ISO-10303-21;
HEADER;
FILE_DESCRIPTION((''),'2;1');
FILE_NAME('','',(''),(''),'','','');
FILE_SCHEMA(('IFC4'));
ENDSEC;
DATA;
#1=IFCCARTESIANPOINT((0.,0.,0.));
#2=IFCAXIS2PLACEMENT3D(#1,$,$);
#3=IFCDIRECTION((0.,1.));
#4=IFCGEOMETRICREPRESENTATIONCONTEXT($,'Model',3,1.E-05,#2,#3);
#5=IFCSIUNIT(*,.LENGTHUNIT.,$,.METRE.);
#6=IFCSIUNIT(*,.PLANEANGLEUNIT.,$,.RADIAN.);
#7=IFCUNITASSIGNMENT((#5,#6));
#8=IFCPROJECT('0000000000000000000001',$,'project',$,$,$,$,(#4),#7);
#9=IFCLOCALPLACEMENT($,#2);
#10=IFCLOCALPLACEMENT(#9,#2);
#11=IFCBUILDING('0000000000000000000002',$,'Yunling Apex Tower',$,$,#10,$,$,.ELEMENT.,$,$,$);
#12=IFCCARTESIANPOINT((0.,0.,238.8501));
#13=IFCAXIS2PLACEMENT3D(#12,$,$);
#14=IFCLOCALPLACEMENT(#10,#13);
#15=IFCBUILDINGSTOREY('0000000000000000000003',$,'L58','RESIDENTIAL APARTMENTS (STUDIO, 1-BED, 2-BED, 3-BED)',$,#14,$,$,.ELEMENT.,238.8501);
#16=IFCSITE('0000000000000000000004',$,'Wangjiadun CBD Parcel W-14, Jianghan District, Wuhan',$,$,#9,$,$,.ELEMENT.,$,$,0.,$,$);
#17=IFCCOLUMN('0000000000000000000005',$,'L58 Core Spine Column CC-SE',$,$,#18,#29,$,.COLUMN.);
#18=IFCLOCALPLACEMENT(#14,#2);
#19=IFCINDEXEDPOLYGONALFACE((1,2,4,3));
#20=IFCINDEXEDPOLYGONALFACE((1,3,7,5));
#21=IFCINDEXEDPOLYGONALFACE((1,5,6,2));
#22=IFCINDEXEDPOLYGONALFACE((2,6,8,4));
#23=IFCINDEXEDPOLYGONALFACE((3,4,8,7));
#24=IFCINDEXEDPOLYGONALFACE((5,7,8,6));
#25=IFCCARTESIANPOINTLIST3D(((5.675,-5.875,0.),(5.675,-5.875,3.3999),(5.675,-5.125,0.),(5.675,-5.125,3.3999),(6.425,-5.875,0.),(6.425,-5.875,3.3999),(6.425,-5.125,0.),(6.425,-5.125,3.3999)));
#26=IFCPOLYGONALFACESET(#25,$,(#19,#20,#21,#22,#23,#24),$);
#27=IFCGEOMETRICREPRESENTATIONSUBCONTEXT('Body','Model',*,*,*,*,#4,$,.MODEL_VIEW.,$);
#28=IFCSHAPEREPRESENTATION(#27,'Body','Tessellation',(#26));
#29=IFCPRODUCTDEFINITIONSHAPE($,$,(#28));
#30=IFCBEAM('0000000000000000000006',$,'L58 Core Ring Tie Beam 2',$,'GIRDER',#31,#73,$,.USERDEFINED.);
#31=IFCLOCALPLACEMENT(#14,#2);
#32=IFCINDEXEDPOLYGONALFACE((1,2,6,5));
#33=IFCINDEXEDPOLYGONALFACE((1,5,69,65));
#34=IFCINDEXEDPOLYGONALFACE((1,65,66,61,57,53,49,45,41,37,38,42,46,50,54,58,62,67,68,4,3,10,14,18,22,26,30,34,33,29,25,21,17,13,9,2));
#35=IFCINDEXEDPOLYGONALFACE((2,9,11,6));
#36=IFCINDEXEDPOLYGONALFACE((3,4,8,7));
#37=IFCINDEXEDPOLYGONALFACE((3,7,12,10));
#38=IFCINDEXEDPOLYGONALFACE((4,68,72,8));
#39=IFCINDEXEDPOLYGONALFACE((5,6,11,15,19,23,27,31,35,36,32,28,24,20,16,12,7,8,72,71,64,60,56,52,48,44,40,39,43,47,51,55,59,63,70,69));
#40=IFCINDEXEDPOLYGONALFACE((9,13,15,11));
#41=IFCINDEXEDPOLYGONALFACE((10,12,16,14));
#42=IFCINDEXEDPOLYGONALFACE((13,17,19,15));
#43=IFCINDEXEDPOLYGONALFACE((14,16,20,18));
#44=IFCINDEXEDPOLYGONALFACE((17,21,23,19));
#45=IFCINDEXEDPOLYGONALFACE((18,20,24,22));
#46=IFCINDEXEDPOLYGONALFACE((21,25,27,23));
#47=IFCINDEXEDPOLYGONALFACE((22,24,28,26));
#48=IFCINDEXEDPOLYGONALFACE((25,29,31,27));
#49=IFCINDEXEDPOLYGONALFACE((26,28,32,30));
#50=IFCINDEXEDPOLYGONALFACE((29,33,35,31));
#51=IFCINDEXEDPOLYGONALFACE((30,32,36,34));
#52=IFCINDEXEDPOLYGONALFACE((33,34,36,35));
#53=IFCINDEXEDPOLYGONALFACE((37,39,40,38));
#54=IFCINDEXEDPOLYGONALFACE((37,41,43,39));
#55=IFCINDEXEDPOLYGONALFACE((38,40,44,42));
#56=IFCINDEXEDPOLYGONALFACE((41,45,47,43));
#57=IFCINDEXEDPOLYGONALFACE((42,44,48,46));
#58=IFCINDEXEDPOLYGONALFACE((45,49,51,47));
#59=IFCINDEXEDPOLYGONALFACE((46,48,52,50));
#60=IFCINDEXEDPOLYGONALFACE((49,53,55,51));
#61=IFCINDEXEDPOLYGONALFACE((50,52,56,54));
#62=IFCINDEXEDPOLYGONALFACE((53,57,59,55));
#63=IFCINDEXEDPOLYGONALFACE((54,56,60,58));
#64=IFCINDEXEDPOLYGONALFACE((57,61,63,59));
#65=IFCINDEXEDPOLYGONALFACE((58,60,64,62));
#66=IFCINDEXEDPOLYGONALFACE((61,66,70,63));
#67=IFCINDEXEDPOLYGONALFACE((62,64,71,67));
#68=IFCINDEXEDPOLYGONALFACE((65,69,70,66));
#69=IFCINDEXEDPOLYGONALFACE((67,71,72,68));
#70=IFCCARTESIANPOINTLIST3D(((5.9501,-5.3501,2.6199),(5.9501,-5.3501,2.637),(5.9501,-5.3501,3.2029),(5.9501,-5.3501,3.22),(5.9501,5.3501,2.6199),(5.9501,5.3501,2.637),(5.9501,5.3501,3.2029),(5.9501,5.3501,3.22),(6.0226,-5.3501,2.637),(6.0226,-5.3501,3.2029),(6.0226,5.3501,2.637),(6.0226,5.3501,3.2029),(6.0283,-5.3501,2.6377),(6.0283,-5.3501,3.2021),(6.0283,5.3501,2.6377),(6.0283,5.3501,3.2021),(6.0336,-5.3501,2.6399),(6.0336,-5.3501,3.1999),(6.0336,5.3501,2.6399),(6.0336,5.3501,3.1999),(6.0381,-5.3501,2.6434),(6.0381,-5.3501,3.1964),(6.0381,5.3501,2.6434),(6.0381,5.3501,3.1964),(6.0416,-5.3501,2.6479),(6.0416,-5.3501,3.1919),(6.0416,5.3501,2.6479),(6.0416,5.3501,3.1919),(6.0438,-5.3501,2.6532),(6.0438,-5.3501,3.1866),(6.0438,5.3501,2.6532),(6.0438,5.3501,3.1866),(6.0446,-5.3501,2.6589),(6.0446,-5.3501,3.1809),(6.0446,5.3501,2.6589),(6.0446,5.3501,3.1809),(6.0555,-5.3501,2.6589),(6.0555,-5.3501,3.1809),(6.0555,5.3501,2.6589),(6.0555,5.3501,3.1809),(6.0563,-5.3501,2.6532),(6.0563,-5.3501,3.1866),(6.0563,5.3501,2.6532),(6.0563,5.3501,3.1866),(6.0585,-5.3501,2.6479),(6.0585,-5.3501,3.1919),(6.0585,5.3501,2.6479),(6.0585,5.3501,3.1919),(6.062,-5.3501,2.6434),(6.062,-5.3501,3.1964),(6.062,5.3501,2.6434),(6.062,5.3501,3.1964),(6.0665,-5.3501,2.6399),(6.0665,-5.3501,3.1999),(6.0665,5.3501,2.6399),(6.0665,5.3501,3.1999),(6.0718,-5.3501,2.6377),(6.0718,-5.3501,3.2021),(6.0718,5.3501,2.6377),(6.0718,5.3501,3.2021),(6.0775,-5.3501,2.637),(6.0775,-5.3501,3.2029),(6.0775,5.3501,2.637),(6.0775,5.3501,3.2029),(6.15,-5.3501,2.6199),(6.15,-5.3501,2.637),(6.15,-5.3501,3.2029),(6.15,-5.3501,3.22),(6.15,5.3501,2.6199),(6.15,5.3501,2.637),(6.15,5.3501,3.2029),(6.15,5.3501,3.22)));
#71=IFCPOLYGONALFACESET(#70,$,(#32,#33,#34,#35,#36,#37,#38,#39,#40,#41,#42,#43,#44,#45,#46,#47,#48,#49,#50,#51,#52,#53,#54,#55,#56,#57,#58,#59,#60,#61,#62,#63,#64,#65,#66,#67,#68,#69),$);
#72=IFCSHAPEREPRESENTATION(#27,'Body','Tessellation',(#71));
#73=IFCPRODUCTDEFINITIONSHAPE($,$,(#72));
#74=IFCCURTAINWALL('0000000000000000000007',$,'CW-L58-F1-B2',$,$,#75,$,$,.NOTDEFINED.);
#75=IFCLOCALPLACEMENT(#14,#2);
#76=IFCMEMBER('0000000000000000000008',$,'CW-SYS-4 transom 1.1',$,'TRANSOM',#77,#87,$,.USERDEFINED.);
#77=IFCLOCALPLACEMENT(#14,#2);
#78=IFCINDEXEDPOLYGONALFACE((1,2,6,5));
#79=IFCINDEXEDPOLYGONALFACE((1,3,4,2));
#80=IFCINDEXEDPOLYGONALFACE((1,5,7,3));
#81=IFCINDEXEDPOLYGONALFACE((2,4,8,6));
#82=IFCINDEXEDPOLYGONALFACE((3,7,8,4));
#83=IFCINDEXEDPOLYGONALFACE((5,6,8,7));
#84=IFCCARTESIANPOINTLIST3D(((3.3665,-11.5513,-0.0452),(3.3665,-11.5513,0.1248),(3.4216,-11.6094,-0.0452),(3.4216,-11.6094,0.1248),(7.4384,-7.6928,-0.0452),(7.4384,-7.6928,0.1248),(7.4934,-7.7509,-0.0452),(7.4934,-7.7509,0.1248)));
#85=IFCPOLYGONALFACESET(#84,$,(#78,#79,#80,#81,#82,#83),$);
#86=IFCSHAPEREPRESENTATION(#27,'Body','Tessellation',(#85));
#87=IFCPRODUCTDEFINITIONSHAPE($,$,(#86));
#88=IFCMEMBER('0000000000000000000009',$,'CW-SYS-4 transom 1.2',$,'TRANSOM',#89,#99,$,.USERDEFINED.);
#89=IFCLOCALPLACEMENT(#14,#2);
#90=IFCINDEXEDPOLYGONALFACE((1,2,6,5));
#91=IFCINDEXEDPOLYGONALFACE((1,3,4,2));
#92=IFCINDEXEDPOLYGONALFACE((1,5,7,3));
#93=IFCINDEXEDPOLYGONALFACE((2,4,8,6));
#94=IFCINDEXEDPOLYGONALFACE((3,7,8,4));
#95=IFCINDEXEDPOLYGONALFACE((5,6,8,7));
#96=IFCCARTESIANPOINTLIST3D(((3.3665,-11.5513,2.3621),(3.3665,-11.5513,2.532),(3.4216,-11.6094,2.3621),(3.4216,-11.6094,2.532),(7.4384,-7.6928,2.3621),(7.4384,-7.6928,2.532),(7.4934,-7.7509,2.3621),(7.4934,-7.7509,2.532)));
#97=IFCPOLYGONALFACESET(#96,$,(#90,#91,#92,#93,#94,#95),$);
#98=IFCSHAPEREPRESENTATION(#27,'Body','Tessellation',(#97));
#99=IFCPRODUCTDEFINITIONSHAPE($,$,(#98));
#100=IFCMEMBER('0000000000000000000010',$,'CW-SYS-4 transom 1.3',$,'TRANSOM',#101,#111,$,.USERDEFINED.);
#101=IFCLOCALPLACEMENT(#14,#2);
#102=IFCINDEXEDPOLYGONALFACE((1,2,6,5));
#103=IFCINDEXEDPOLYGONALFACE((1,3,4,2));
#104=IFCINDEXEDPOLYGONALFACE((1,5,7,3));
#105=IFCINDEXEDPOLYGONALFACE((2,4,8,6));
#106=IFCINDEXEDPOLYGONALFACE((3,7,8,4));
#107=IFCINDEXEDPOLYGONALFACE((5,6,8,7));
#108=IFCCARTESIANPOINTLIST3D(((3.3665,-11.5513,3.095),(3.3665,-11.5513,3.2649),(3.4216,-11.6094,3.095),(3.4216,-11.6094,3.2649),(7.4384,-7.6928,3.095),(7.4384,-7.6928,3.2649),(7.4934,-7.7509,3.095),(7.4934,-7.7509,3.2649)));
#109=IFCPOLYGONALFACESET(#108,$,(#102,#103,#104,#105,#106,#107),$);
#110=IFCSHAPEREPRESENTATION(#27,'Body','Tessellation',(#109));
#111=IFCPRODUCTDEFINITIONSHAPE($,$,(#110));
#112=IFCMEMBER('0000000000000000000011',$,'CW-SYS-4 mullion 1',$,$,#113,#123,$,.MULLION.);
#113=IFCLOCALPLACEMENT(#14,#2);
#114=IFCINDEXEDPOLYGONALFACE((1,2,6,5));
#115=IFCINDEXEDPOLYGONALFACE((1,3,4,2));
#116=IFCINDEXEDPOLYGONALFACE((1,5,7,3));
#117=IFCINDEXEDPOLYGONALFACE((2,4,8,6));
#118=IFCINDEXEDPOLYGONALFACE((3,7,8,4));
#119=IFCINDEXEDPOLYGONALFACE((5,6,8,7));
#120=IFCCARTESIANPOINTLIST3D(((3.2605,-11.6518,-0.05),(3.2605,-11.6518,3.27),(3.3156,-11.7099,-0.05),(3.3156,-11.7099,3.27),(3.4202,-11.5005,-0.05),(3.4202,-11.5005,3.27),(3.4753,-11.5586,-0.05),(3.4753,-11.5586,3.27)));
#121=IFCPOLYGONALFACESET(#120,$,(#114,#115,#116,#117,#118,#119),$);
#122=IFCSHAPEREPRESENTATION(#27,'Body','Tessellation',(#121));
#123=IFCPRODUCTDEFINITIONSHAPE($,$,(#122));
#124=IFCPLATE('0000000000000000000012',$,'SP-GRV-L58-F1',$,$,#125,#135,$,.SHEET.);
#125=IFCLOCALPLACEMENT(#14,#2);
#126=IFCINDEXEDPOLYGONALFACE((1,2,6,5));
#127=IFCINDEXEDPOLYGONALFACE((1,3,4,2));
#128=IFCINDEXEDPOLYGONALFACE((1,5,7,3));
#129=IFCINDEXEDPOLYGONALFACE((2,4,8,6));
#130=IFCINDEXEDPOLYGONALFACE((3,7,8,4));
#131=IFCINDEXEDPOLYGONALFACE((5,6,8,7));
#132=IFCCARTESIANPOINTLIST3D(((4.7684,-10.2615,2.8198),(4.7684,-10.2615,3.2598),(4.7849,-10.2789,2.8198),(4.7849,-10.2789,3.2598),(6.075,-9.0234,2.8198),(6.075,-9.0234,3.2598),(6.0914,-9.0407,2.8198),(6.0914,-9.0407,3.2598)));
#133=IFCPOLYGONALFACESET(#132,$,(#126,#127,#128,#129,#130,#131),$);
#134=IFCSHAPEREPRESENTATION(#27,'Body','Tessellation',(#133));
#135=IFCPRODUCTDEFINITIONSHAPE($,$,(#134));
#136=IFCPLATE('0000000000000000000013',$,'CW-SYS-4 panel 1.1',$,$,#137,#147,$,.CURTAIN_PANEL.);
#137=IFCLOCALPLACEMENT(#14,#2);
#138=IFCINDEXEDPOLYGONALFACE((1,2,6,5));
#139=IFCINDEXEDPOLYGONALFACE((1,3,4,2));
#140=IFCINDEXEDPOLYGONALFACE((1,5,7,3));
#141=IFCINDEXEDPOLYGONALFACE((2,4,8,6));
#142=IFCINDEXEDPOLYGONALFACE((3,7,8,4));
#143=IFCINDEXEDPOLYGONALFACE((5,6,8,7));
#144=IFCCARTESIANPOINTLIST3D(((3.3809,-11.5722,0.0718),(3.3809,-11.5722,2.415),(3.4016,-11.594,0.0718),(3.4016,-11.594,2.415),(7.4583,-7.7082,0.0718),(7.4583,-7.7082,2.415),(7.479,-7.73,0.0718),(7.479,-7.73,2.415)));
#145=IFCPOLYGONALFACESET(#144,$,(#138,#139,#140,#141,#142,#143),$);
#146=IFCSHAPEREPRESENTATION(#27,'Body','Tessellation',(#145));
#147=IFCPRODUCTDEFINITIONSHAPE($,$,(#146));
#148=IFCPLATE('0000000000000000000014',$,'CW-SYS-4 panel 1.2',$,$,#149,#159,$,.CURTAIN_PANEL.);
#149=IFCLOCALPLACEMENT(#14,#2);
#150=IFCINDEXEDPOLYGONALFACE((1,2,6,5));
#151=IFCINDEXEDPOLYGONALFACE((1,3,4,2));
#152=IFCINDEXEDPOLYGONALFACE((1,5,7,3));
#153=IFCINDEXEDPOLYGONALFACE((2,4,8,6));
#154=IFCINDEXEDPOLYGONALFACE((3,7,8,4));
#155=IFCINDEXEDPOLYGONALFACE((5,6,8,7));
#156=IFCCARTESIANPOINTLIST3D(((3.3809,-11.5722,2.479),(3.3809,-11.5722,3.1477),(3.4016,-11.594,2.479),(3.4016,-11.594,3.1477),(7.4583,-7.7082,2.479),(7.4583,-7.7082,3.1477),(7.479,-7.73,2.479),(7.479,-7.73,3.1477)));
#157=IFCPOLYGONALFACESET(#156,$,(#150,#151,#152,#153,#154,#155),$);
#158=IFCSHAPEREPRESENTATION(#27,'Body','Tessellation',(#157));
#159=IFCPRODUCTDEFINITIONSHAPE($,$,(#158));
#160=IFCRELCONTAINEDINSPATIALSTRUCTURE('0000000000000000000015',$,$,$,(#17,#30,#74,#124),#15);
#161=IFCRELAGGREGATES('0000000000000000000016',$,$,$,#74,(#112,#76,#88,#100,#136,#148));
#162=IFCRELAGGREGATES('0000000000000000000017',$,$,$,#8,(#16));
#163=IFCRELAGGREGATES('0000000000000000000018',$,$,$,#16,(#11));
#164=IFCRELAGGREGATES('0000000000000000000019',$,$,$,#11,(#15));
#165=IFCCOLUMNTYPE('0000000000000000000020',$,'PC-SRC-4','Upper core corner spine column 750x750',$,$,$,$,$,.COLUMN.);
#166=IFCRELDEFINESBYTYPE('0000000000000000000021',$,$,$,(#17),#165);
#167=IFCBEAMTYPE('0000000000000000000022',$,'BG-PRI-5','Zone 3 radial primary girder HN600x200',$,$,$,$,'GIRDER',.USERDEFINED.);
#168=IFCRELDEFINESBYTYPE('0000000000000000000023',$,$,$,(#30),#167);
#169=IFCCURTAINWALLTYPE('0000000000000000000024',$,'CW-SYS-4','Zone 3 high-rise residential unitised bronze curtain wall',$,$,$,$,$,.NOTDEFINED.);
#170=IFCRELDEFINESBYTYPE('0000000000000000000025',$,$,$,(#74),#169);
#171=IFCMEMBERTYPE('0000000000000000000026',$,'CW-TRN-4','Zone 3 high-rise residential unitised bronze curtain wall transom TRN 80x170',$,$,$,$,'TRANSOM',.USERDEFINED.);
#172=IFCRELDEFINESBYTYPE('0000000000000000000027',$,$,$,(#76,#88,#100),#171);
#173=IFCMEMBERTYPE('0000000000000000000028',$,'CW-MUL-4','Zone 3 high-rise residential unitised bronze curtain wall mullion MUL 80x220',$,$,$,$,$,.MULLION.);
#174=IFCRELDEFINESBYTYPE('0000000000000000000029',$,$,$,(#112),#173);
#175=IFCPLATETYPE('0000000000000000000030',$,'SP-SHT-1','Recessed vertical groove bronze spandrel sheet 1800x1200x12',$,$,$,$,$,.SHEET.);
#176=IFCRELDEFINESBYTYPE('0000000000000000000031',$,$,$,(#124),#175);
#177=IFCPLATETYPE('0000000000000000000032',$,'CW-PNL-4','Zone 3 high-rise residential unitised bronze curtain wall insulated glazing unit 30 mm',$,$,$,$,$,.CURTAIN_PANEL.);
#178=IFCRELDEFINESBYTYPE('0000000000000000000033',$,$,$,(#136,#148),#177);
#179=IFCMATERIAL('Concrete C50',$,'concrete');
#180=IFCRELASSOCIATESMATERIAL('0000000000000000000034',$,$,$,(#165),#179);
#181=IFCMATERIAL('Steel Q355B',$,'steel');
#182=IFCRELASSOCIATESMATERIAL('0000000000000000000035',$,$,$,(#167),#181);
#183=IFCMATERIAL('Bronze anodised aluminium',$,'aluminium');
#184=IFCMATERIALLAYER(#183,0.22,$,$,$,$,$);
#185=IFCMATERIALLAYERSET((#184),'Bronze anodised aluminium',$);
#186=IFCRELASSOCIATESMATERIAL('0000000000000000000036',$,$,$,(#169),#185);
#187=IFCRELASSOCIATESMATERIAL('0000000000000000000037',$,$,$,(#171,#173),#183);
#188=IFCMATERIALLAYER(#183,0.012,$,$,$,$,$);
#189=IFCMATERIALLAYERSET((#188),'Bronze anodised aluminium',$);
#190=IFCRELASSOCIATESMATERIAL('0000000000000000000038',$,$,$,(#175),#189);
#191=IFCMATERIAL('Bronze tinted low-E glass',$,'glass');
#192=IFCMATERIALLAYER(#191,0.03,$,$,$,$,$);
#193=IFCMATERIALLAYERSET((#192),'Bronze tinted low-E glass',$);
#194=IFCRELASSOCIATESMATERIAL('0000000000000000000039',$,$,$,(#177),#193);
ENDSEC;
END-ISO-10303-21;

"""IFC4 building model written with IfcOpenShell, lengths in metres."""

from ifc_helpers import new_model, si_unit, direction, frame, origin, origin_2d, place, context, subcontext, project, spatial, rectangle, i_section, extrude, source, transform, mapped, material, layer, layer_set, material_profile, profile_set, type_object, element, aggregate, save


model = new_model("IFC4")

# Units and contexts
model_context = context("Model", 3, precision=1e-05, world=origin(), true_north=direction((0.0, 1.0)))
body_context = subcontext(model_context, "Body", "Model", "MODEL_VIEW")
ifc_project = project(units=[si_unit("LENGTHUNIT", "METRE"), si_unit("PLANEANGLEUNIT", "RADIAN")], contexts=[model_context])

# Site, building, storey
site_placement = place(None, origin())
site = spatial("IfcSite", under=ifc_project, at=site_placement, Name="Wangjiadun CBD Parcel W-14, Jianghan District, Wuhan", CompositionType="ELEMENT", RefElevation=0.0)
building_placement = place(site_placement, origin())
building = spatial("IfcBuilding", under=site, at=building_placement, Name="Yunling Apex Tower", CompositionType="ELEMENT")
storey_placement = place(building_placement, frame((0.0, 0.0, 238.8501)))
storey = spatial("IfcBuildingStorey", under=building, at=storey_placement, Name="L58", Description="RESIDENTIAL APARTMENTS (STUDIO, 1-BED, 2-BED, 3-BED)", CompositionType="ELEMENT", Elevation=238.8501)

# Column
ifc_material_1 = material(Name="Concrete C50", Category="concrete")
ifc_material_profile_1 = material_profile(ifc_material_1, rectangle(XDim=0.75, YDim=0.75, at=origin_2d()))
ifc_profile_set_1 = profile_set([ifc_material_profile_1], Name="Concrete C50")
column_type = type_object("IfcColumnType", Name="PC-SRC-4", Description="Upper core corner spine column 750x750", PredefinedType="COLUMN", material=ifc_profile_set_1)
shared_shape_1 = source(origin(), body_context, "Body", "SweptSolid", [
    extrude(rectangle(XDim=0.75, YDim=0.75, at=origin_2d()), origin(), (0.0, 0.0, 1.0), 3.3999),
])
column_placement = place(storey_placement, frame((6.05, -5.5, 0.0), z_axis=(0.0, 0.0, 1.0), x_axis=(1.0, 0.0, 0.0)))
element("IfcColumn", 1, at=column_placement, inside=storey, type_object=column_type, Name="L58 Core Spine Column CC-SE", PredefinedType="COLUMN", context=body_context, shape_type="MappedRepresentation", body=[
    mapped(shared_shape_1, transform((0.0, 0.0, 0.0), scale=1.0)),
])

# Beam
ifc_material_2 = material(Name="Steel Q355B", Category="steel")
ifc_material_profile_2 = material_profile(ifc_material_2, i_section(OverallWidth=0.2, OverallDepth=0.6001, WebThickness=0.011, FlangeThickness=0.0171, FilletRadius=0.022, at=origin_2d()))
ifc_profile_set_2 = profile_set([ifc_material_profile_2], Name="Steel Q355B")
beam_type = type_object("IfcBeamType", Name="BG-PRI-5", Description="Zone 3 radial primary girder HN600x200", ElementType="GIRDER", PredefinedType="USERDEFINED", material=ifc_profile_set_2)
shared_shape_2 = source(origin(), body_context, "Body", "SweptSolid", [
    extrude(i_section(OverallWidth=0.2, OverallDepth=0.6001, WebThickness=0.011, FlangeThickness=0.0171, FilletRadius=0.022, at=origin_2d()), origin(), (0.0, 0.0, 1.0), 10.7002),
])
beam_placement = place(storey_placement, frame((6.05, -5.3501, 2.9199), z_axis=(0.0, 1.0, 0.0), x_axis=(-1.0, 0.0, 0.0)))
element("IfcBeam", 2, at=beam_placement, inside=storey, type_object=beam_type, Name="L58 Core Ring Tie Beam 2", ObjectType="GIRDER", PredefinedType="USERDEFINED", context=body_context, shape_type="MappedRepresentation", body=[
    mapped(shared_shape_2, transform((0.0, 0.0, 0.0), scale=1.0)),
])

# Curtain wall, members
ifc_material_3 = material(Name="Bronze anodised aluminium", Category="aluminium")
ifc_layer_1 = layer(ifc_material_3, 0.22)
ifc_layer_set_1 = layer_set([ifc_layer_1], Name="Bronze anodised aluminium")
curtain_wall_type = type_object("IfcCurtainWallType", Name="CW-SYS-4", Description="Zone 3 high-rise residential unitised bronze curtain wall", PredefinedType="NOTDEFINED", material=ifc_layer_set_1)
curtain_wall_placement = place(storey_placement, origin())
curtain_wall = element("IfcCurtainWall", 3, at=curtain_wall_placement, inside=storey, type_object=curtain_wall_type, Name="CW-L58-F1-B2", PredefinedType="NOTDEFINED")
ifc_material_profile_3 = material_profile(ifc_material_3, rectangle(XDim=0.0801, YDim=0.1699, at=origin_2d()))
ifc_profile_set_3 = profile_set([ifc_material_profile_3], Name="Bronze anodised aluminium")
member_type_1 = type_object("IfcMemberType", Name="CW-TRN-4", Description="Zone 3 high-rise residential unitised bronze curtain wall transom TRN 80x170", ElementType="TRANSOM", PredefinedType="USERDEFINED", material=ifc_profile_set_3)
shared_shape_3 = source(origin(), body_context, "Body", "SweptSolid", [
    extrude(rectangle(XDim=0.0801, YDim=0.1699, at=origin_2d()), origin(), (0.0, 0.0, 1.0), 5.6096),
])
member_1_placement = place(storey_placement, frame((3.394, -11.5803, 0.0398), z_axis=(0.72587, 0.687832, 0.0), x_axis=(-0.687832, 0.72587, 0.0)))
member_1 = element("IfcMember", 4, at=member_1_placement, type_object=member_type_1, Name="CW-SYS-4 transom 1.1", ObjectType="TRANSOM", PredefinedType="USERDEFINED", context=body_context, shape_type="MappedRepresentation", body=[
    mapped(shared_shape_3, transform((0.0, 0.0, 0.0), scale=1.0)),
])
member_2_placement = place(storey_placement, frame((3.394, -11.5803, 2.447), z_axis=(0.72587, 0.687832, 0.0), x_axis=(-0.687832, 0.72587, 0.0)))
member_2 = element("IfcMember", 5, at=member_2_placement, type_object=member_type_1, Name="CW-SYS-4 transom 1.2", ObjectType="TRANSOM", PredefinedType="USERDEFINED", context=body_context, shape_type="MappedRepresentation", body=[
    mapped(shared_shape_3, transform((0.0, 0.0, 0.0), scale=1.0)),
])
member_3_placement = place(storey_placement, frame((3.394, -11.5803, 3.1799), z_axis=(0.72587, 0.687832, 0.0), x_axis=(-0.687832, 0.72587, 0.0)))
member_3 = element("IfcMember", 6, at=member_3_placement, type_object=member_type_1, Name="CW-SYS-4 transom 1.3", ObjectType="TRANSOM", PredefinedType="USERDEFINED", context=body_context, shape_type="MappedRepresentation", body=[
    mapped(shared_shape_3, transform((0.0, 0.0, 0.0), scale=1.0)),
])
ifc_material_profile_4 = material_profile(ifc_material_3, rectangle(XDim=0.0801, YDim=0.22, at=origin_2d()))
ifc_profile_set_4 = profile_set([ifc_material_profile_4], Name="Bronze anodised aluminium")
member_type_2 = type_object("IfcMemberType", Name="CW-MUL-4", Description="Zone 3 high-rise residential unitised bronze curtain wall mullion MUL 80x220", PredefinedType="MULLION", material=ifc_profile_set_4)
shared_shape_4 = source(origin(), body_context, "Body", "SweptSolid", [
    extrude(rectangle(XDim=0.0801, YDim=0.22, at=origin_2d()), origin(), (0.0, 0.0, 1.0), 3.3201),
])
member_4_placement = place(storey_placement, frame((3.3679, -11.6052, -0.05), z_axis=(0.0, 0.0, 1.0), x_axis=(-0.687854, 0.725849, 0.0)))
member_4 = element("IfcMember", 7, at=member_4_placement, type_object=member_type_2, Name="CW-SYS-4 mullion 1", PredefinedType="MULLION", context=body_context, shape_type="MappedRepresentation", body=[
    mapped(shared_shape_4, transform((0.0, 0.0, 0.0), scale=1.0)),
])

# Plates
ifc_layer_2 = layer(ifc_material_3, 0.012)
ifc_layer_set_2 = layer_set([ifc_layer_2], Name="Bronze anodised aluminium")
plate_type_1 = type_object("IfcPlateType", Name="SP-SHT-1", Description="Recessed vertical groove bronze spandrel sheet 1800x1200x12", PredefinedType="SHEET", material=ifc_layer_set_2)
shared_shape_5 = source(origin(), body_context, "Body", "SweptSolid", [
    extrude(rectangle(XDim=1.8, YDim=0.0239, at=origin_2d()), origin(), (0.0, 0.0, 1.0), 0.4399),
])
plate_1_placement = place(storey_placement, frame((5.4299, -9.6511, 2.8198), z_axis=(0.0, 0.0, 1.0), x_axis=(0.725855, 0.687848, 0.0)))
element("IfcPlate", 8, at=plate_1_placement, inside=storey, type_object=plate_type_1, Name="SP-GRV-L58-F1", PredefinedType="SHEET", context=body_context, shape_type="MappedRepresentation", body=[
    mapped(shared_shape_5, transform((0.0, 0.0, 0.0), scale=1.0)),
])
ifc_material_4 = material(Name="Bronze tinted low-E glass", Category="glass")
ifc_layer_3 = layer(ifc_material_4, 0.03)
ifc_layer_set_3 = layer_set([ifc_layer_3], Name="Bronze tinted low-E glass")
plate_type_2 = type_object("IfcPlateType", Name="CW-PNL-4", Description="Zone 3 high-rise residential unitised bronze curtain wall insulated glazing unit 30 mm", PredefinedType="CURTAIN_PANEL", material=ifc_layer_set_3)
shared_shape_6 = source(origin(), body_context, "Body", "SweptSolid", [
    extrude(rectangle(XDim=5.6174, YDim=0.03, at=origin_2d()), origin(), (0.0, 0.0, 1.0), 2.3433),
])
plate_2_placement = place(storey_placement, frame((5.4299, -9.6511, 0.0718), z_axis=(0.0, 0.0, 1.0), x_axis=(0.725849, 0.687854, 0.0)))
plate_2 = element("IfcPlate", 9, at=plate_2_placement, type_object=plate_type_2, Name="CW-SYS-4 panel 1.1", PredefinedType="CURTAIN_PANEL", context=body_context, shape_type="MappedRepresentation", body=[
    mapped(shared_shape_6, transform((0.0, 0.0, 0.0), scale=1.0)),
])
shared_shape_7 = source(origin(), body_context, "Body", "SweptSolid", [
    extrude(rectangle(XDim=5.6174, YDim=0.03, at=origin_2d()), origin(), (0.0, 0.0, 1.0), 0.6687),
])
plate_3_placement = place(storey_placement, frame((5.4299, -9.6511, 2.479), z_axis=(0.0, 0.0, 1.0), x_axis=(0.725849, 0.687854, 0.0)))
plate_3 = element("IfcPlate", 10, at=plate_3_placement, type_object=plate_type_2, Name="CW-SYS-4 panel 1.2", PredefinedType="CURTAIN_PANEL", context=body_context, shape_type="MappedRepresentation", body=[
    mapped(shared_shape_7, transform((0.0, 0.0, 0.0), scale=1.0)),
])
aggregate(curtain_wall, [member_4, member_1, member_2, member_3, plate_2, plate_3])

save(model, "model.ifc")
